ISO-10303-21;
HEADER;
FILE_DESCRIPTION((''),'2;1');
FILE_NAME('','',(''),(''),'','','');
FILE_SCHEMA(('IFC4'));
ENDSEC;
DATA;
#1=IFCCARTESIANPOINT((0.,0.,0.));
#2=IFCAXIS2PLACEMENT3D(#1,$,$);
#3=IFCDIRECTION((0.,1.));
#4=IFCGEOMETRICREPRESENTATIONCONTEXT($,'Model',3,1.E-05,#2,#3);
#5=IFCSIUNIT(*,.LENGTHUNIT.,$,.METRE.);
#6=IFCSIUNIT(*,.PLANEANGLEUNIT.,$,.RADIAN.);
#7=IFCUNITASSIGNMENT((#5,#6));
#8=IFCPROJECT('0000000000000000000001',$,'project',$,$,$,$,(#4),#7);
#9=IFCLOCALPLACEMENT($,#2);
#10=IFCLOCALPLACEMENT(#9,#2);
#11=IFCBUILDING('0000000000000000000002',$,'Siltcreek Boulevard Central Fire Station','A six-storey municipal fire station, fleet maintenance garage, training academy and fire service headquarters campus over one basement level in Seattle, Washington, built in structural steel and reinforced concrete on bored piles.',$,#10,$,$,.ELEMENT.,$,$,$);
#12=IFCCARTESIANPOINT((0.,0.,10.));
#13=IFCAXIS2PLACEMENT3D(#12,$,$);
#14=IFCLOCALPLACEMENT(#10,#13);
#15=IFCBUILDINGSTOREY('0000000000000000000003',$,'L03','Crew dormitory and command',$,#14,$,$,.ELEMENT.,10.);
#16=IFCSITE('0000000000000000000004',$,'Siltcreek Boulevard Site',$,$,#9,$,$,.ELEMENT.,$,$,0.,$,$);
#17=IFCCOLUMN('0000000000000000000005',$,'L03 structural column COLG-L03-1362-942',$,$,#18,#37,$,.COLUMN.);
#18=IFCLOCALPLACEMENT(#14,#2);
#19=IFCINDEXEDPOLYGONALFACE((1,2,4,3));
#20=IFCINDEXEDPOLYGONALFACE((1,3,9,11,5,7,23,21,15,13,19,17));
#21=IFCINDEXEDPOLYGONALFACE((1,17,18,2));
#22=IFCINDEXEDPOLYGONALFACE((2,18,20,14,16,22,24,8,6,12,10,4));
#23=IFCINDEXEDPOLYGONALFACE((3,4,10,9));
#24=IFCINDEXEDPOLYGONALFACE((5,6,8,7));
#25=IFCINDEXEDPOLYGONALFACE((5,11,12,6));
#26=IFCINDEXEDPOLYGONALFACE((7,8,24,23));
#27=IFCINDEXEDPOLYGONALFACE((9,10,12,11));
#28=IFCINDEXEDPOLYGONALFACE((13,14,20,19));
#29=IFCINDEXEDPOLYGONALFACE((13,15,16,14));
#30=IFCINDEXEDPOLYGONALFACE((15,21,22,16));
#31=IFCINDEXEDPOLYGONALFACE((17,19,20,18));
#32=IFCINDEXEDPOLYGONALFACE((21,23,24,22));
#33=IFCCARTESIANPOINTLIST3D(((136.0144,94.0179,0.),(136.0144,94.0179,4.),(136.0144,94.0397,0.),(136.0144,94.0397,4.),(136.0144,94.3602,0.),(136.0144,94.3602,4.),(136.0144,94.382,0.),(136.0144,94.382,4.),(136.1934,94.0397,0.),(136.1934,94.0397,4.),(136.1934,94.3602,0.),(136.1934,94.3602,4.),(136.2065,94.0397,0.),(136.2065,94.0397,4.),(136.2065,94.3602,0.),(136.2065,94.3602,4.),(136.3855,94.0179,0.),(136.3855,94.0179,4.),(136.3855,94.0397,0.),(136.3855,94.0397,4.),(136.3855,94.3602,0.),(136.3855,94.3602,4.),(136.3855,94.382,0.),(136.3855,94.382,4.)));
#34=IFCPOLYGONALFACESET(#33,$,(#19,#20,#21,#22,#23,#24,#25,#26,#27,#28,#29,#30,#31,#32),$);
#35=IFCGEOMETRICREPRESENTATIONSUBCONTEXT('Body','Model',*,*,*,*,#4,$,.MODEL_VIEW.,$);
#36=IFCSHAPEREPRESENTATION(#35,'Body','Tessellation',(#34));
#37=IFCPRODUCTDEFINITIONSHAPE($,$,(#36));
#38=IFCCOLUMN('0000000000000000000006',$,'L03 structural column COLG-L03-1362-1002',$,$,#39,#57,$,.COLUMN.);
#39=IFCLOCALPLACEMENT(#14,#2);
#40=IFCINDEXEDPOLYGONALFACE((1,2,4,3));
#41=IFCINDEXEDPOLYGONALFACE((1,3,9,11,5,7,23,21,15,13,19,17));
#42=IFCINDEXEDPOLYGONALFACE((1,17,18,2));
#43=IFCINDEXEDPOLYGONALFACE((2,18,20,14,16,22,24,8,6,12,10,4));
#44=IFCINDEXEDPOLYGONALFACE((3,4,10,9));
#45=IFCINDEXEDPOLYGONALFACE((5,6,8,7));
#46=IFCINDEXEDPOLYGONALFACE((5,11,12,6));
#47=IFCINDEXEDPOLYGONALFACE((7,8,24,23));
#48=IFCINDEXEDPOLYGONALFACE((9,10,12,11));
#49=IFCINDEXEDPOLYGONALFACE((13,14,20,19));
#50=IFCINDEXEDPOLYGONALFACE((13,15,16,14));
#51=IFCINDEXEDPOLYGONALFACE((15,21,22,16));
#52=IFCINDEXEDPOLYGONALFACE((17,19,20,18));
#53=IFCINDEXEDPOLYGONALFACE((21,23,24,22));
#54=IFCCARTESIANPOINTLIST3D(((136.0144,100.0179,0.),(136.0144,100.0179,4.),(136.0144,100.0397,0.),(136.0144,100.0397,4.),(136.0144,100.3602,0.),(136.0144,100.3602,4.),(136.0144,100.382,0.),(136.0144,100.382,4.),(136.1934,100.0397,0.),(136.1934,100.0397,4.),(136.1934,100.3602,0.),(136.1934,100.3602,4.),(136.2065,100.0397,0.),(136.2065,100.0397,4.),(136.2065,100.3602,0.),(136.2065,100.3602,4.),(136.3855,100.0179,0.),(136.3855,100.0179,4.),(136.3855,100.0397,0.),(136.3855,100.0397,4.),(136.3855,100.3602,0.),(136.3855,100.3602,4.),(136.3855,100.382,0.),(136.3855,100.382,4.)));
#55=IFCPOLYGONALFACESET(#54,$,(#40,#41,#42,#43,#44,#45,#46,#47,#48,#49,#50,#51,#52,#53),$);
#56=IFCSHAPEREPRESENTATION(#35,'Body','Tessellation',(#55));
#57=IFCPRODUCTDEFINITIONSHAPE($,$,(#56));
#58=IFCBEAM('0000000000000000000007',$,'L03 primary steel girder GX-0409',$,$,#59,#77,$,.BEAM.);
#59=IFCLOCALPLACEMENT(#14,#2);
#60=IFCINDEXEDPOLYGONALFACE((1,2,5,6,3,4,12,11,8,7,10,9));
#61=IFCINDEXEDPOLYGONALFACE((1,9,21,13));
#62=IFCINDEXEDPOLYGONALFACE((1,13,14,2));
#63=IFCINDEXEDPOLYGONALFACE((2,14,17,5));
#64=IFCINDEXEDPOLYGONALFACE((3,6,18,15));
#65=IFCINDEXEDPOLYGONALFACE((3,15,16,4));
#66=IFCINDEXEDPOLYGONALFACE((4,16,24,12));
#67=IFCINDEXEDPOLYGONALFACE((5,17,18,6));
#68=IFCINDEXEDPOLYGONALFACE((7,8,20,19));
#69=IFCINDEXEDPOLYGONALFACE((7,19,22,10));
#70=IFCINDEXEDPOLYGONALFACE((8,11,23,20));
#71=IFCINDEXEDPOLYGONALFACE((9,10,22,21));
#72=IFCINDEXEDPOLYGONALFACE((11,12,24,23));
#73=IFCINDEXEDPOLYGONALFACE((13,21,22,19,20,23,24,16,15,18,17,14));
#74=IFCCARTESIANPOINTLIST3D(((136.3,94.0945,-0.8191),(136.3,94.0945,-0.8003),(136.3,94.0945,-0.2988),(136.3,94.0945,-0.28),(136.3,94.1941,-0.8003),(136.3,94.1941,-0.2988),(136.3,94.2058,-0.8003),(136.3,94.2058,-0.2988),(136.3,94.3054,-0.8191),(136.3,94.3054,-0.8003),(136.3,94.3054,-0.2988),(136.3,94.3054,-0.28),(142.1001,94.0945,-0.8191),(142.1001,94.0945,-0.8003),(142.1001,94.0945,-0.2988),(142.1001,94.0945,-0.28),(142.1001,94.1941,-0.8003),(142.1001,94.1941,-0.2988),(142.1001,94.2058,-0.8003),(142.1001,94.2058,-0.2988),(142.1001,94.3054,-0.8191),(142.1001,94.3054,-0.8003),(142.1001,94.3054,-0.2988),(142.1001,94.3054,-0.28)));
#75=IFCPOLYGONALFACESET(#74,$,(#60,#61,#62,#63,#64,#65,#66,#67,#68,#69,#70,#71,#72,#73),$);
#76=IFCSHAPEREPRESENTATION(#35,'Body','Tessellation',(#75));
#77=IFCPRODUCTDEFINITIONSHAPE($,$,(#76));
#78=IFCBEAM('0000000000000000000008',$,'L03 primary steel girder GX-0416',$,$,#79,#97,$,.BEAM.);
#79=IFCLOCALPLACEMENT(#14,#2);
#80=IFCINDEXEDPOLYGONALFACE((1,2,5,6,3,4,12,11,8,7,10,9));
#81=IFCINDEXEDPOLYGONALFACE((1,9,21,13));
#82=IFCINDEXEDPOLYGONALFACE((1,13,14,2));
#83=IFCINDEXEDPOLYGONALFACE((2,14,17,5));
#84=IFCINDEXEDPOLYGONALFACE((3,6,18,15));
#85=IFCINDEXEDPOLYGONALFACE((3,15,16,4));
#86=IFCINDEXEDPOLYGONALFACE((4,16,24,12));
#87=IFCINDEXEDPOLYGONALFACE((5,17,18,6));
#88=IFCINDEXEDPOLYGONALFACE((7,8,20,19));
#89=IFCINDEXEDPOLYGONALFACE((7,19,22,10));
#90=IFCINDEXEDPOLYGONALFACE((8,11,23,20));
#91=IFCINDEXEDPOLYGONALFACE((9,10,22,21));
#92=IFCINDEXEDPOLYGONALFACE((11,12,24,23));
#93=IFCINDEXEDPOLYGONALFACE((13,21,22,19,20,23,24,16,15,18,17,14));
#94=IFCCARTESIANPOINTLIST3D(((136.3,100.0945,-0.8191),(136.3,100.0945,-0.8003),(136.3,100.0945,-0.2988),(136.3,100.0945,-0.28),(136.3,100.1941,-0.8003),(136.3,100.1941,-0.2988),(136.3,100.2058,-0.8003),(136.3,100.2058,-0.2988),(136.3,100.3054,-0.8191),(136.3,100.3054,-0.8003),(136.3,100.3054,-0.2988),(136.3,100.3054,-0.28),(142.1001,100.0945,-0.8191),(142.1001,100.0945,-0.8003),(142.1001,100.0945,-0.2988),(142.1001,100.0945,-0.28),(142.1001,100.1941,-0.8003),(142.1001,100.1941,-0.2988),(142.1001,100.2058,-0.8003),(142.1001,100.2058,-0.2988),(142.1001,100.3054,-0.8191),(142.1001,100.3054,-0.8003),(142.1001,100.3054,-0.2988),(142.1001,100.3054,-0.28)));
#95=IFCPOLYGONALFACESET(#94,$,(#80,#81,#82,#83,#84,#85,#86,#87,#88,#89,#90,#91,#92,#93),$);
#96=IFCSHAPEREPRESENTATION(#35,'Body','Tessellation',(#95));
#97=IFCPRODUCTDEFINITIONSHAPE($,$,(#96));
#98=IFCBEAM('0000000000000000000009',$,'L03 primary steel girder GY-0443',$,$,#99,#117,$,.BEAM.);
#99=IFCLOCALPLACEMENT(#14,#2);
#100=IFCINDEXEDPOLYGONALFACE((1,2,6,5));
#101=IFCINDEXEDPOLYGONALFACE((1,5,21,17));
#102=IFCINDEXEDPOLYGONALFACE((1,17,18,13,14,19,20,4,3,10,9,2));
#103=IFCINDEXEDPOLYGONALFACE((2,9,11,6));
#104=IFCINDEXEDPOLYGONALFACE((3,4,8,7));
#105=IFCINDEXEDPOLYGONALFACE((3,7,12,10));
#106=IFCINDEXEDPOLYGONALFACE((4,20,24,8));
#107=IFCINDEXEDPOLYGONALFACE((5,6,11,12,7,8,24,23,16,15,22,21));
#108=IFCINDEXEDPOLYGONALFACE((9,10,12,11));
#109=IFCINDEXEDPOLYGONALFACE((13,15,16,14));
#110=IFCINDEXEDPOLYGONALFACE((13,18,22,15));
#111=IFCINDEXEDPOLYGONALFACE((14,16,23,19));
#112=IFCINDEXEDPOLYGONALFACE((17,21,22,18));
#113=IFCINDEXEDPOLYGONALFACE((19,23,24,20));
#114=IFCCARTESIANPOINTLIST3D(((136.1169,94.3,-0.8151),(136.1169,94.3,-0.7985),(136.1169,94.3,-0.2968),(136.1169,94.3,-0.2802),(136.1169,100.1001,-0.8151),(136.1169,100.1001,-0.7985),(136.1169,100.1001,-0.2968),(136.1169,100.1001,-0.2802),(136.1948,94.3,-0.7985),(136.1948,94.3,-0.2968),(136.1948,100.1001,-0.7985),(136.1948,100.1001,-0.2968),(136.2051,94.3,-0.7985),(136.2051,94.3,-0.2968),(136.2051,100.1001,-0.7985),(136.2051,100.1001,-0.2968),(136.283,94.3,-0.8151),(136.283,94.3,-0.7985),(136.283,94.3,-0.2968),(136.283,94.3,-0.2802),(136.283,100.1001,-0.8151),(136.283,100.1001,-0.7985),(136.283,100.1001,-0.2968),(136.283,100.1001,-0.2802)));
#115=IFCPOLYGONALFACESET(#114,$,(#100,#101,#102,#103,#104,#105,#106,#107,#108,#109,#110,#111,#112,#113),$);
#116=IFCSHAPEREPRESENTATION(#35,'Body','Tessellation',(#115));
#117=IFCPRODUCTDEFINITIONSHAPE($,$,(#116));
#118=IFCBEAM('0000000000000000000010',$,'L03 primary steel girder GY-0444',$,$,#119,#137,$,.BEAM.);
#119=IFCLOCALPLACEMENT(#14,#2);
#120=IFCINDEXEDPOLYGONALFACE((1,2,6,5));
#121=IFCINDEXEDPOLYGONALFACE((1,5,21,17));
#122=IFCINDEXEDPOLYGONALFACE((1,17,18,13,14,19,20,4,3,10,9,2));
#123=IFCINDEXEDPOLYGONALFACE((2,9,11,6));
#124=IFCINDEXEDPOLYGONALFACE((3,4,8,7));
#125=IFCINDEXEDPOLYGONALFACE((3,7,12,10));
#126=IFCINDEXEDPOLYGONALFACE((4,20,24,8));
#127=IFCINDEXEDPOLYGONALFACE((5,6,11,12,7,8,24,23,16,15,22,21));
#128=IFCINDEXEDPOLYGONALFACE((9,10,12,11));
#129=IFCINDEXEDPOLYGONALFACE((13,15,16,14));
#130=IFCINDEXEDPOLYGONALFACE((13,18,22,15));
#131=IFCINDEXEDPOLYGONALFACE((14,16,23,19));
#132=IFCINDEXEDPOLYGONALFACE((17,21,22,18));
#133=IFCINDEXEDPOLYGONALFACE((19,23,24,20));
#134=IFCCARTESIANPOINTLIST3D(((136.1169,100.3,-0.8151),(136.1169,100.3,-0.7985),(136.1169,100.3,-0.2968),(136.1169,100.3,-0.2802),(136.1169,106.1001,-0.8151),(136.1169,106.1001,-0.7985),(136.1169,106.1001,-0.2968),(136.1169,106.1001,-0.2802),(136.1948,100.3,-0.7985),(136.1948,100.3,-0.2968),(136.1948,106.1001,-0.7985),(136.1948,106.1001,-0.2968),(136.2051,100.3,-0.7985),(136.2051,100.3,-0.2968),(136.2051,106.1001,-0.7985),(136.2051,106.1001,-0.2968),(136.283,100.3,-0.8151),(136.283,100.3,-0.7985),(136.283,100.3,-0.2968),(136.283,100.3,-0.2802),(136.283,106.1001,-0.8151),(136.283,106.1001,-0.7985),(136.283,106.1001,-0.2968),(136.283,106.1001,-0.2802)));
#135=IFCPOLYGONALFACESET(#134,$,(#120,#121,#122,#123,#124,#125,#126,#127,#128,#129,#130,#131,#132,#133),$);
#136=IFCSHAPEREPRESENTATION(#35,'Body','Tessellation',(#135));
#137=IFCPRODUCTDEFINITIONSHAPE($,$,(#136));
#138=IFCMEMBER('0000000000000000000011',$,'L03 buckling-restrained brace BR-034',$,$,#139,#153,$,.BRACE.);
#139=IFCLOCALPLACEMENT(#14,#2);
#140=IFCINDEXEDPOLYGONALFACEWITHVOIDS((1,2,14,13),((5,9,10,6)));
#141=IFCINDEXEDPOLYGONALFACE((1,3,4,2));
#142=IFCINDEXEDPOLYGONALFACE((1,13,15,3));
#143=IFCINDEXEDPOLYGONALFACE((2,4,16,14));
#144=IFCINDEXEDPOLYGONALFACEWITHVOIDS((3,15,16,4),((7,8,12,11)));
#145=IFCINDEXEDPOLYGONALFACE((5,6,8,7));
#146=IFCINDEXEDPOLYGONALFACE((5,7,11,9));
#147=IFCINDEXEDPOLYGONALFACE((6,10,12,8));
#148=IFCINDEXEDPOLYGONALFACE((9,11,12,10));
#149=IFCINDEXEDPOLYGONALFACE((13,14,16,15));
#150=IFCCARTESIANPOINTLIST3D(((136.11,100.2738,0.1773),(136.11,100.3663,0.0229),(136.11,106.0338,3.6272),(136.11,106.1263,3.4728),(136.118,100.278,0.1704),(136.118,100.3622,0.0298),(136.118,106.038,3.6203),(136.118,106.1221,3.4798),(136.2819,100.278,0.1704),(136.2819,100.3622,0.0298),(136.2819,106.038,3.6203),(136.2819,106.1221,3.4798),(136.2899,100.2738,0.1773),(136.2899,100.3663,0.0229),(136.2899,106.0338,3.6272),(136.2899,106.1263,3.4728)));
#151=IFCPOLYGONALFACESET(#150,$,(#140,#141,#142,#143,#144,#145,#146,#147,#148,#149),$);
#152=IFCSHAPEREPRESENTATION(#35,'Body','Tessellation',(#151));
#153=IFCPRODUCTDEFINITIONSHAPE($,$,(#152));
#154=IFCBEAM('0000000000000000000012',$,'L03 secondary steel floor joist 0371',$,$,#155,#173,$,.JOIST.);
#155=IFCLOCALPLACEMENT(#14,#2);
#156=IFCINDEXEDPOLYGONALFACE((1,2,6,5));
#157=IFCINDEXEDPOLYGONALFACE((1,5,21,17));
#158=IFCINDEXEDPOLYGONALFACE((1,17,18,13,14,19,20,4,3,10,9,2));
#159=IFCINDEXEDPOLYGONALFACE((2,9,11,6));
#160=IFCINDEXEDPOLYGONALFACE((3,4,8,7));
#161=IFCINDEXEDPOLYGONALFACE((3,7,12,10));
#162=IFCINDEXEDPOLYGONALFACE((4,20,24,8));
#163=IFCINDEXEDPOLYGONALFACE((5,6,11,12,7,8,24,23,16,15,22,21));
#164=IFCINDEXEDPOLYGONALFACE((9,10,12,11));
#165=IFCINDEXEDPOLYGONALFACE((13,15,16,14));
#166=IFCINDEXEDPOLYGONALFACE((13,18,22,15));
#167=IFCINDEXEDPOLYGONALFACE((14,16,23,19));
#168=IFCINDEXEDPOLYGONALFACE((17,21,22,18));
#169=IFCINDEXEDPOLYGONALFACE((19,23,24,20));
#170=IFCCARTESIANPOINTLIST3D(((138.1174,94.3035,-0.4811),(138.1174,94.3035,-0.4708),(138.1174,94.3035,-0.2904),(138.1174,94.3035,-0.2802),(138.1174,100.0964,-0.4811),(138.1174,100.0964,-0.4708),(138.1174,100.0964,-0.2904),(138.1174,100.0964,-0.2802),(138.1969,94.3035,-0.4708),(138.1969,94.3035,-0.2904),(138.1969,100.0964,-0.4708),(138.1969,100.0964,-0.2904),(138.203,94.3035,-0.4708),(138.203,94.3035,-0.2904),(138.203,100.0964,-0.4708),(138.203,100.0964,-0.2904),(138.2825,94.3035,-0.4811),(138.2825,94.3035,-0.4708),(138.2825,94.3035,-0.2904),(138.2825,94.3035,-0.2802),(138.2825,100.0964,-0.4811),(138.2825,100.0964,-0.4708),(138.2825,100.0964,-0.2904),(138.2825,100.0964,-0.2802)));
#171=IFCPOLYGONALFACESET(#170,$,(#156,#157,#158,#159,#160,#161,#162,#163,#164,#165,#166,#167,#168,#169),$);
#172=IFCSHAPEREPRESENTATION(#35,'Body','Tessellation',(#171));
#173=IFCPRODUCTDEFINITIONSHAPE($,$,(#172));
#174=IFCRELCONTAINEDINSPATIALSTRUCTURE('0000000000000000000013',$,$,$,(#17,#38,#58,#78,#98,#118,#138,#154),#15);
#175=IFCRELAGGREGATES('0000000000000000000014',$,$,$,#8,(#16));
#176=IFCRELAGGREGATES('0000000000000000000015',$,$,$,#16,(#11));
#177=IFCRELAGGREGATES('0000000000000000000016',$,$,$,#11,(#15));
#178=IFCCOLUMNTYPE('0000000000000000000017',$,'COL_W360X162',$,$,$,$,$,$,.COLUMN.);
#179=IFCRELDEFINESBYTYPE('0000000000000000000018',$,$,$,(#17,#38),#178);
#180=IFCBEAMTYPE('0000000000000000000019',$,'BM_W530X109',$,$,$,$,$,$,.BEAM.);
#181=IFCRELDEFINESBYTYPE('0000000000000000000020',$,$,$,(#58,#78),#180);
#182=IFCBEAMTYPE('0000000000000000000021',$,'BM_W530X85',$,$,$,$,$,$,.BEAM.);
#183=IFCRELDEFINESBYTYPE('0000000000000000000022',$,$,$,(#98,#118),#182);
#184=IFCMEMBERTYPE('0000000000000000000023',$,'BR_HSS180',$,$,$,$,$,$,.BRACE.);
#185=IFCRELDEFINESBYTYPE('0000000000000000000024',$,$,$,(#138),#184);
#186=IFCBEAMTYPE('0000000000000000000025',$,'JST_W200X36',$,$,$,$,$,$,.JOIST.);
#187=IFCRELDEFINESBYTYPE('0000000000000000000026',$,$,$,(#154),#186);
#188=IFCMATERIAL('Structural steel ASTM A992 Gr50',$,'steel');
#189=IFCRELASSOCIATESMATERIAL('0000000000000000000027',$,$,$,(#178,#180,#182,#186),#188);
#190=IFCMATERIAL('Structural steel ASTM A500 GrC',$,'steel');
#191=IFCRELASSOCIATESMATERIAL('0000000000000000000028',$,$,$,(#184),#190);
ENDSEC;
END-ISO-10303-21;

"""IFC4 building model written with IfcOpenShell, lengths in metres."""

from ifc_helpers import new_model, si_unit, direction, frame, origin, origin_2d, place, context, subcontext, project, spatial, hollow_rectangle, i_section, extrude, material, material_profile, profile_set, type_object, element, save


model = new_model("IFC4")

# Units and contexts
model_context = context("Model", 3, precision=1e-05, world=origin(), true_north=direction((0.0, 1.0)))
body_context = subcontext(model_context, "Body", "Model", "MODEL_VIEW")
ifc_project = project(units=[si_unit("LENGTHUNIT", "METRE"), si_unit("PLANEANGLEUNIT", "RADIAN")], contexts=[model_context])

# Site, building, storey
site_placement = place(None, origin())
site = spatial("IfcSite", under=ifc_project, at=site_placement, Name="Siltcreek Boulevard Site", CompositionType="ELEMENT", RefElevation=0.0)
building_placement = place(site_placement, origin())
building = spatial("IfcBuilding", under=site, at=building_placement, Name="Siltcreek Boulevard Central Fire Station", Description="A six-storey municipal fire station, fleet maintenance garage, training academy and fire service headquarters campus over one basement level in Seattle, Washington, built in structural steel and reinforced concrete on bored piles.", CompositionType="ELEMENT")
storey_placement = place(building_placement, frame((0.0, 0.0, 10.0)))
storey = spatial("IfcBuildingStorey", under=building, at=storey_placement, Name="L03", Description="Crew dormitory and command", CompositionType="ELEMENT", Elevation=10.0)

# Columns
ifc_material_1 = material(Name="Structural steel ASTM A992 Gr50", Category="steel")
ifc_material_profile_1 = material_profile(ifc_material_1, i_section(OverallWidth=0.3711, OverallDepth=0.364, WebThickness=0.0132, FlangeThickness=0.0217, at=origin_2d()), Name="W360X162")
ifc_profile_set_1 = profile_set([ifc_material_profile_1], Name="Structural steel ASTM A992 Gr50")
column_type = type_object("IfcColumnType", Name="COL_W360X162", PredefinedType="COLUMN", material=ifc_profile_set_1)
for number, where, z_axis, x_axis, name in (
    (1, (136.2, 94.2, 0.0), (0.0, 0.0, 1.0), (1.0, 0.0, 0.0), "L03 structural column COLG-L03-1362-942"),
    (2, (136.2, 100.2, 0.0), (0.0, 0.0, 1.0), (1.0, 0.0, 0.0), "L03 structural column COLG-L03-1362-1002"),
):
    element("IfcColumn", number, at=place(storey_placement, frame(where, z_axis=z_axis, x_axis=x_axis)), inside=storey, type_object=column_type, Name=name, PredefinedType="COLUMN", context=body_context, shape_type="SweptSolid", body=[
        extrude(i_section(OverallWidth=0.3711, OverallDepth=0.364, WebThickness=0.0132, FlangeThickness=0.0217, at=origin_2d()), origin(), (0.0, 0.0, 1.0), 4.0),
    ])

# Beams
ifc_material_profile_2 = material_profile(ifc_material_1, i_section(OverallWidth=0.2109, OverallDepth=0.5391, WebThickness=0.0117, FlangeThickness=0.0188, at=origin_2d()), Name="W530X109")
ifc_profile_set_2 = profile_set([ifc_material_profile_2], Name="Structural steel ASTM A992 Gr50")
beam_type_1 = type_object("IfcBeamType", Name="BM_W530X109", PredefinedType="BEAM", material=ifc_profile_set_2)
for number, where, z_axis, x_axis, name in (
    (3, (136.3, 94.2, -0.5496), (1.0, 0.0, 0.0), (0.0, 1.0, 0.0), "L03 primary steel girder GX-0409"),
    (4, (136.3, 100.2, -0.5496), (1.0, 0.0, 0.0), (0.0, 1.0, 0.0), "L03 primary steel girder GX-0416"),
):
    element("IfcBeam", number, at=place(storey_placement, frame(where, z_axis=z_axis, x_axis=x_axis)), inside=storey, type_object=beam_type_1, Name=name, PredefinedType="BEAM", context=body_context, shape_type="SweptSolid", body=[
        extrude(i_section(OverallWidth=0.2109, OverallDepth=0.5391, WebThickness=0.0117, FlangeThickness=0.0188, at=origin_2d()), origin(), (0.0, 0.0, 1.0), 5.8),
    ])
ifc_material_profile_3 = material_profile(ifc_material_1, i_section(OverallWidth=0.166, OverallDepth=0.5349, WebThickness=0.0103, FlangeThickness=0.0166, at=origin_2d()), Name="W530X85")
ifc_profile_set_3 = profile_set([ifc_material_profile_3], Name="Structural steel ASTM A992 Gr50")
beam_type_2 = type_object("IfcBeamType", Name="BM_W530X85", PredefinedType="BEAM", material=ifc_profile_set_3)
for number, where, z_axis, x_axis, name in (
    (5, (136.2, 94.3, -0.5476), (0.0, 1.0, 0.0), (-1.0, 0.0, 0.0), "L03 primary steel girder GY-0443"),
    (6, (136.2, 100.3, -0.5476), (0.0, 1.0, 0.0), (-1.0, 0.0, 0.0), "L03 primary steel girder GY-0444"),
):
    element("IfcBeam", number, at=place(storey_placement, frame(where, z_axis=z_axis, x_axis=x_axis)), inside=storey, type_object=beam_type_2, Name=name, PredefinedType="BEAM", context=body_context, shape_type="SweptSolid", body=[
        extrude(i_section(OverallWidth=0.166, OverallDepth=0.5349, WebThickness=0.0103, FlangeThickness=0.0166, at=origin_2d()), origin(), (0.0, 0.0, 1.0), 5.8),
    ])

# Member
ifc_material_2 = material(Name="Structural steel ASTM A500 GrC", Category="steel")
ifc_material_profile_4 = material_profile(ifc_material_2, hollow_rectangle(XDim=0.1799, YDim=0.1799, WallThickness=0.0081, at=origin_2d()), Name="HSS180X180X8.0")
ifc_profile_set_4 = profile_set([ifc_material_profile_4], Name="Structural steel ASTM A500 GrC")
member_type = type_object("IfcMemberType", Name="BR_HSS180", PredefinedType="BRACE", material=ifc_profile_set_4)
member_placement = place(storey_placement, frame((136.2, 100.3201, 0.1001), z_axis=(0.0, 0.857891, 0.513833), x_axis=(-1.0, 0.0, 0.0)))
element("IfcMember", 7, at=member_placement, inside=storey, type_object=member_type, Name="L03 buckling-restrained brace BR-034", PredefinedType="BRACE", context=body_context, shape_type="SweptSolid", body=[
    extrude(hollow_rectangle(XDim=0.1799, YDim=0.1799, WallThickness=0.0081, at=origin_2d()), origin(), (0.0, 0.0, 1.0), 6.7141),
])

# Beam
ifc_material_profile_5 = material_profile(ifc_material_1, i_section(OverallWidth=0.165, OverallDepth=0.2009, WebThickness=0.0061, FlangeThickness=0.0103, at=origin_2d()), Name="W200X36")
ifc_profile_set_5 = profile_set([ifc_material_profile_5], Name="Structural steel ASTM A992 Gr50")
beam_type_3 = type_object("IfcBeamType", Name="JST_W200X36", PredefinedType="JOIST", material=ifc_profile_set_5)
beam_1_placement = place(storey_placement, frame((138.2, 94.3035, -0.3806), z_axis=(0.0, 1.0, 0.0), x_axis=(-1.0, 0.0, 0.0)))
element("IfcBeam", 8, at=beam_1_placement, inside=storey, type_object=beam_type_3, Name="L03 secondary steel floor joist 0371", PredefinedType="JOIST", context=body_context, shape_type="SweptSolid", body=[
    extrude(i_section(OverallWidth=0.165, OverallDepth=0.2009, WebThickness=0.0061, FlangeThickness=0.0103, at=origin_2d()), origin(), (0.0, 0.0, 1.0), 5.793),
])

save(model, "model.ifc")
